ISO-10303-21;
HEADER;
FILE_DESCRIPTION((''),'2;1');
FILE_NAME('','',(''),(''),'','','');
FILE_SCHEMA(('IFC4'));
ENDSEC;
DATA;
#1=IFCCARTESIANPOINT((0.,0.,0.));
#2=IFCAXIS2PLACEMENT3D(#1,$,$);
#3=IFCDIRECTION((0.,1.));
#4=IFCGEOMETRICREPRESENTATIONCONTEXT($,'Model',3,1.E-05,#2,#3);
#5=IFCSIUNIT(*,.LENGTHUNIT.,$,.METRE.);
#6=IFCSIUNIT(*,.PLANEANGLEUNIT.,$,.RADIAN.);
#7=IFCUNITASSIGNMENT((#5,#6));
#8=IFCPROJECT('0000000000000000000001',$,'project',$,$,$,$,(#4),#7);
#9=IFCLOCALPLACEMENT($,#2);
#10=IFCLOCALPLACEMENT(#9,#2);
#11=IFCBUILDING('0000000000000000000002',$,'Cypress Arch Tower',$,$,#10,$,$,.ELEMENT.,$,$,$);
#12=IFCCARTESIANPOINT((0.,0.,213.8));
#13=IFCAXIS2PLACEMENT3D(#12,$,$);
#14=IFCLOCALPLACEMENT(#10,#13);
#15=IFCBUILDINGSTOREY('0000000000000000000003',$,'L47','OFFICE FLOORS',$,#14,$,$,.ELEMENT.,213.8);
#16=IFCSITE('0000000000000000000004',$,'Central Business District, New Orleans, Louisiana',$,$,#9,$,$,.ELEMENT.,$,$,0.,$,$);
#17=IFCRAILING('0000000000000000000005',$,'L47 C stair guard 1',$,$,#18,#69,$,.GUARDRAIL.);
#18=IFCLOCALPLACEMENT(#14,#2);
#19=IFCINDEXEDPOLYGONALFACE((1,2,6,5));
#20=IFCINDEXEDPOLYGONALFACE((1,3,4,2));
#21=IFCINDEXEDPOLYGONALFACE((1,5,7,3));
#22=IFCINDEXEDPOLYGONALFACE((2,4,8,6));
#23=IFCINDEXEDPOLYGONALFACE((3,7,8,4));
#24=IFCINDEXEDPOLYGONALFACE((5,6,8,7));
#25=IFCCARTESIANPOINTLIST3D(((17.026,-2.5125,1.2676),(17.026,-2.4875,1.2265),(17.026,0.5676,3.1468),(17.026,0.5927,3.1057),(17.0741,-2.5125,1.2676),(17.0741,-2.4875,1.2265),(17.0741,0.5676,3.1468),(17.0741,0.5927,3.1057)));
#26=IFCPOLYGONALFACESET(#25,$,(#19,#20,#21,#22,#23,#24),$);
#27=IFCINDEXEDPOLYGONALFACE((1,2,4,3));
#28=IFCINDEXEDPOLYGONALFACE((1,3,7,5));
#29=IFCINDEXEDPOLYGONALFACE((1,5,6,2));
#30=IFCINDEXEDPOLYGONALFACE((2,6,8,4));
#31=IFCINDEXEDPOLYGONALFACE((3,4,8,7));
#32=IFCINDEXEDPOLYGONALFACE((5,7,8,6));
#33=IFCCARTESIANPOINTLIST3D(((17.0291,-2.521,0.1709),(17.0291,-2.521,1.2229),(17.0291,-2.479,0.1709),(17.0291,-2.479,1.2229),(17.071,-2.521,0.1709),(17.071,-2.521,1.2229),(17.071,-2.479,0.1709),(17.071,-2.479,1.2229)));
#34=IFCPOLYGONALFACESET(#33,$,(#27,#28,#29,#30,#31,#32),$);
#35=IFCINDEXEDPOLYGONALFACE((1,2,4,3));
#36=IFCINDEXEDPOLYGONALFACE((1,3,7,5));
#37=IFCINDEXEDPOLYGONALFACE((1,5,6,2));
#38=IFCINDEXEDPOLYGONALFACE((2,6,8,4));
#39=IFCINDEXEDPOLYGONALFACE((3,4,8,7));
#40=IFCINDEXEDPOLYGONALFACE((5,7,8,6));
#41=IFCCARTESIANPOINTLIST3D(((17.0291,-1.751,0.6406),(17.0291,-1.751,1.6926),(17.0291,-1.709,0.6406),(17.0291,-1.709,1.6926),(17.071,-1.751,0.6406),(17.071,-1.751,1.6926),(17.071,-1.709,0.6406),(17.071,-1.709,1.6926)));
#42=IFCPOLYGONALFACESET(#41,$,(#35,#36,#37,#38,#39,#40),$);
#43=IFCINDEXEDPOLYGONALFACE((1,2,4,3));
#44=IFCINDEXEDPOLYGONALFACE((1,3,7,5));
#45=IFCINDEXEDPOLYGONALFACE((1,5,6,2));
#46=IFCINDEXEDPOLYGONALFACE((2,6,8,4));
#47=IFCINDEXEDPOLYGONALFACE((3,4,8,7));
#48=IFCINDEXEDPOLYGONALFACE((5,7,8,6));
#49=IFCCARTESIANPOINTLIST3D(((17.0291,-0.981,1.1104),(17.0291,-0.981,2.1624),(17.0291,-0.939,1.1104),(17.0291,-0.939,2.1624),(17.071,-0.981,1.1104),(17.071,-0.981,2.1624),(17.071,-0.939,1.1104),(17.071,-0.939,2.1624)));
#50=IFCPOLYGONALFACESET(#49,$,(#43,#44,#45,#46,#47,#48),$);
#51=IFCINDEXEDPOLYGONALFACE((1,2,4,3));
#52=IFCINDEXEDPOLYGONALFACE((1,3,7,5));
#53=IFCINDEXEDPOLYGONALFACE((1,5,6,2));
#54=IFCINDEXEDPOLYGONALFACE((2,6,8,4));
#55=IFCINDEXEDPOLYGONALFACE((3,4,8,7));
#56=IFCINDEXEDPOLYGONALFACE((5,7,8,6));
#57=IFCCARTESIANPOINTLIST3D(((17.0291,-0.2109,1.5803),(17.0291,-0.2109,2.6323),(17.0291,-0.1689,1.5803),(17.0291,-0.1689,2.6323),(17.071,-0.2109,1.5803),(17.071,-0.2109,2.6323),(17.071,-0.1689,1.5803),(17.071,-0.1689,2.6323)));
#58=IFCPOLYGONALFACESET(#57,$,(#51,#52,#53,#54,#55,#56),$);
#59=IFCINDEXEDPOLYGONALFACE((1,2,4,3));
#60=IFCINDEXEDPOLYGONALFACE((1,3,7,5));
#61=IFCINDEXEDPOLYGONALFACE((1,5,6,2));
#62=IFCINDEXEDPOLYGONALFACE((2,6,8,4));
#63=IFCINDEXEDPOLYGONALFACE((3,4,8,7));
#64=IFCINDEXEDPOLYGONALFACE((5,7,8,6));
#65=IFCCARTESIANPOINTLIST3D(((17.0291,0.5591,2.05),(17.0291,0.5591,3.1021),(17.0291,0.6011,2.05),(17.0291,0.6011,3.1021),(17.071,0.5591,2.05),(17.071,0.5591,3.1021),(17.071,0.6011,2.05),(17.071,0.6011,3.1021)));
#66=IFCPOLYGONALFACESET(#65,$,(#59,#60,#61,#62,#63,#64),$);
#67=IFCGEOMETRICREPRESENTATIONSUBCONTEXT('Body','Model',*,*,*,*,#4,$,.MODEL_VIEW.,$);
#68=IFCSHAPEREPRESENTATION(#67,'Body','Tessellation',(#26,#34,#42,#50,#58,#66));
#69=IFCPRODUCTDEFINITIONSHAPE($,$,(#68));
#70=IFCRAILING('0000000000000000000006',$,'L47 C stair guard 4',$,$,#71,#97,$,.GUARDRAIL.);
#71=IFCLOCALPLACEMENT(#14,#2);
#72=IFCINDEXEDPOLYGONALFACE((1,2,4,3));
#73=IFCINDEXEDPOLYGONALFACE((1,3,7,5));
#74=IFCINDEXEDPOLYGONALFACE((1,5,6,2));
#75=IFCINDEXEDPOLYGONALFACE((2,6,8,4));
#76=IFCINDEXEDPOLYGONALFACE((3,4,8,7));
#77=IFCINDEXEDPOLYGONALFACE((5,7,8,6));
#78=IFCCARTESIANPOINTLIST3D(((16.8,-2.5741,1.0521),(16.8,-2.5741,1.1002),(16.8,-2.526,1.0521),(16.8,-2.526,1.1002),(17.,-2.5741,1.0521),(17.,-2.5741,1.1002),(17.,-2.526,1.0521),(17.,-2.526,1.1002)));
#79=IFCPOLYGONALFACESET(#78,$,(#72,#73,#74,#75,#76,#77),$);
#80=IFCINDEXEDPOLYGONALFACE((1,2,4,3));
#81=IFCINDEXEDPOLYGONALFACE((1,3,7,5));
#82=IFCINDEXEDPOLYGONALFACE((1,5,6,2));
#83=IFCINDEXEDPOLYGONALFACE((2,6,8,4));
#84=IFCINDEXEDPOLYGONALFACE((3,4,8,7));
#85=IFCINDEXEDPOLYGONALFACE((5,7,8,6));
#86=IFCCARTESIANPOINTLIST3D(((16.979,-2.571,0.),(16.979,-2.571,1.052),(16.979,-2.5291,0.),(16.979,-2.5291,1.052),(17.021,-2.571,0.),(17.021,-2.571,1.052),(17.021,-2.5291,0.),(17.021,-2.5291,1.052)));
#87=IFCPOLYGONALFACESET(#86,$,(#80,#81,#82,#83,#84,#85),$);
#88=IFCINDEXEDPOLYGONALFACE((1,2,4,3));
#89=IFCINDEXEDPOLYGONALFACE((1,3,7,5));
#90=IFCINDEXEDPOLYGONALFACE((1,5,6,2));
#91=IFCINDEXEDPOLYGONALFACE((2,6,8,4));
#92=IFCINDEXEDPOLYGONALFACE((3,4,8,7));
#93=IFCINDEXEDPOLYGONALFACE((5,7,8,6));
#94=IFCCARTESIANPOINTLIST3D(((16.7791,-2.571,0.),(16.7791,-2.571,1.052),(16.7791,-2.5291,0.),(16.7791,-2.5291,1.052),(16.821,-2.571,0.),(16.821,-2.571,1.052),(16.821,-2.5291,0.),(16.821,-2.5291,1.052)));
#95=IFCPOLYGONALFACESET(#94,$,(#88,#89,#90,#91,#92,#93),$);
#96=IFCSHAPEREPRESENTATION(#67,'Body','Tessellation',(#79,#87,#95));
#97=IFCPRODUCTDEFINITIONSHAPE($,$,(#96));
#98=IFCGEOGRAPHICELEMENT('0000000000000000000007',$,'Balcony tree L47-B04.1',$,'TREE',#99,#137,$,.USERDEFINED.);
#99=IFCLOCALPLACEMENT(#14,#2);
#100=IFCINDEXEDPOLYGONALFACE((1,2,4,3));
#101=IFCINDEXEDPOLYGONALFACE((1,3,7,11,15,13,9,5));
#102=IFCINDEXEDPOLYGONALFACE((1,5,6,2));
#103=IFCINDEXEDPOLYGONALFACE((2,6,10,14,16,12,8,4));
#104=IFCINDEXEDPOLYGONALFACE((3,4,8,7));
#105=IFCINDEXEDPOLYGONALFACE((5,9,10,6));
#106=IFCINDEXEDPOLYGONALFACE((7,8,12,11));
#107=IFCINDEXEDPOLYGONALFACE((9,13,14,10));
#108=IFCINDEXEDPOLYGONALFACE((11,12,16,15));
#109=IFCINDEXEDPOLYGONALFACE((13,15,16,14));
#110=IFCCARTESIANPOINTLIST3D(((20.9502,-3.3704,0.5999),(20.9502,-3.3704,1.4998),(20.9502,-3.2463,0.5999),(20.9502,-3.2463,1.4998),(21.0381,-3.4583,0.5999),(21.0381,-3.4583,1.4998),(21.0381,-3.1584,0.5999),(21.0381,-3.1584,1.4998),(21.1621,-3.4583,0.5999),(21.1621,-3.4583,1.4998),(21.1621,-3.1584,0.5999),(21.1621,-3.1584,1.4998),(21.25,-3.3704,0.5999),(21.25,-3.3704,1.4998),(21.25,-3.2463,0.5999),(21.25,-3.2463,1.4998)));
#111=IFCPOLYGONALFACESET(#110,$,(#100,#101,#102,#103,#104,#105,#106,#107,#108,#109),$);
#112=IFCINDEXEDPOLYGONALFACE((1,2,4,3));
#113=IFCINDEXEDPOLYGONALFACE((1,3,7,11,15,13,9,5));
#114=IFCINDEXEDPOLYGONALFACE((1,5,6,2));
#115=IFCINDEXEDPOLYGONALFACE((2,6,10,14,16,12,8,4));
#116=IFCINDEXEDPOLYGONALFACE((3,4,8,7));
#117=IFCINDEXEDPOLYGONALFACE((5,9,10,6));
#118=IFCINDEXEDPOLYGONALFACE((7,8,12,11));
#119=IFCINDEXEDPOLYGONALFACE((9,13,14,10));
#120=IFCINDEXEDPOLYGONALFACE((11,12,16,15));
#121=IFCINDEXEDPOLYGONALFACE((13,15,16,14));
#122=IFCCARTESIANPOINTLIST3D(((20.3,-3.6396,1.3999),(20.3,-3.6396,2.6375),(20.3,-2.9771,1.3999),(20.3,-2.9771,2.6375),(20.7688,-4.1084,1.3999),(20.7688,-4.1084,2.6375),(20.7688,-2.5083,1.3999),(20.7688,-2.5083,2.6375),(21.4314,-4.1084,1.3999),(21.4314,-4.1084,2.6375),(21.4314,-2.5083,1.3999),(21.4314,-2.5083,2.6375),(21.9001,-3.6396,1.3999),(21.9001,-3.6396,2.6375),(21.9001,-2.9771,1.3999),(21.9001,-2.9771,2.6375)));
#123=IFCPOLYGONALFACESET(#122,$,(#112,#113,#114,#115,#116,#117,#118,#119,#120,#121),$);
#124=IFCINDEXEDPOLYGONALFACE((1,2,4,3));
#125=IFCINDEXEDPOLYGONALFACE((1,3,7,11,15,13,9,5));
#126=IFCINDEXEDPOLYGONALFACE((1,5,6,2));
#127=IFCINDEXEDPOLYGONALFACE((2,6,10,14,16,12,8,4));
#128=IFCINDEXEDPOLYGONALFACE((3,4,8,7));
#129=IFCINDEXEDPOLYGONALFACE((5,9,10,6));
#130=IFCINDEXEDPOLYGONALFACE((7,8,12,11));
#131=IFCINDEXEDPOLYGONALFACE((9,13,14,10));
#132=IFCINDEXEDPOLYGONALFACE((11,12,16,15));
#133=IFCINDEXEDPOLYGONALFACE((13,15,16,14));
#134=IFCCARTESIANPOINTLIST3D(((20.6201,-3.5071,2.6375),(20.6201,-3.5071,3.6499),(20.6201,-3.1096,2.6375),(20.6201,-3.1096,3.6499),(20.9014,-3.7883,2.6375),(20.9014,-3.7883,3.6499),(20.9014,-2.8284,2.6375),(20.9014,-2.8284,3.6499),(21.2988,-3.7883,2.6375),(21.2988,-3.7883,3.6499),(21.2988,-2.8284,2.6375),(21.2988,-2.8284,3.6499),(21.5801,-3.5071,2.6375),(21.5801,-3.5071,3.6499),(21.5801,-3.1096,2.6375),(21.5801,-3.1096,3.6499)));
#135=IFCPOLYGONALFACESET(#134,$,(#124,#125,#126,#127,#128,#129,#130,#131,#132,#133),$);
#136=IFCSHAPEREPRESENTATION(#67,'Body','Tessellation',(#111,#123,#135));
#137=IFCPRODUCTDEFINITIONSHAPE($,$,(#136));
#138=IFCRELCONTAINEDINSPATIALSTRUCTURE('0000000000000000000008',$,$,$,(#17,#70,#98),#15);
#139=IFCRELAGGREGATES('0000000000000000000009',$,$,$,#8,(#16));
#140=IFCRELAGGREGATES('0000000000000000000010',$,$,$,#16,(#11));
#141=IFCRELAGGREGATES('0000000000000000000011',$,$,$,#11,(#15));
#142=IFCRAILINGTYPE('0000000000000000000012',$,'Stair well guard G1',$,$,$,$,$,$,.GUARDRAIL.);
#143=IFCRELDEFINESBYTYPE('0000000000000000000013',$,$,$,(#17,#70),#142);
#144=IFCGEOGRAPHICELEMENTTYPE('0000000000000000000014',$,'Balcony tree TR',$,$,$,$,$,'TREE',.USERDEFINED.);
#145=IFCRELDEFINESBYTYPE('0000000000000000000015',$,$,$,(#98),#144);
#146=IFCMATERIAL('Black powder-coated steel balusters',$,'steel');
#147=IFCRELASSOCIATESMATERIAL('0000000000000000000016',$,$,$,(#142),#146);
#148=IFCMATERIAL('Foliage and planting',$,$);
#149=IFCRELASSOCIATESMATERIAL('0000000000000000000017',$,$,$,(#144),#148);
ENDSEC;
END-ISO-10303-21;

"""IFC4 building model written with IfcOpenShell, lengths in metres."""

from ifc_helpers import new_model, si_unit, direction, frame, origin, origin_2d, place, context, subcontext, project, spatial, polyline, rectangle, outline, extrude, material, type_object, element, save


model = new_model("IFC4")

# Units and contexts
model_context = context("Model", 3, precision=1e-05, world=origin(), true_north=direction((0.0, 1.0)))
body_context = subcontext(model_context, "Body", "Model", "MODEL_VIEW")
ifc_project = project(units=[si_unit("LENGTHUNIT", "METRE"), si_unit("PLANEANGLEUNIT", "RADIAN")], contexts=[model_context])

# Site, building, storey
site_placement = place(None, origin())
site = spatial("IfcSite", under=ifc_project, at=site_placement, Name="Central Business District, New Orleans, Louisiana", CompositionType="ELEMENT", RefElevation=0.0)
building_placement = place(site_placement, origin())
building = spatial("IfcBuilding", under=site, at=building_placement, Name="Cypress Arch Tower", CompositionType="ELEMENT")
storey_placement = place(building_placement, frame((0.0, 0.0, 213.8)))
storey = spatial("IfcBuildingStorey", under=building, at=storey_placement, Name="L47", Description="OFFICE FLOORS", CompositionType="ELEMENT", Elevation=213.8)

# Railings
ifc_material_1 = material(Name="Black powder-coated steel balusters", Category="steel")
railing_type_1 = type_object("IfcRailingType", Name="Stair well guard G1", PredefinedType="GUARDRAIL", material=ifc_material_1)
railing_1_placement = place(storey_placement, frame((17.05, -2.5, 0.1709)))
element("IfcRailing", 1, at=railing_1_placement, inside=storey, type_object=railing_type_1, Name="L47 C stair guard 1", PredefinedType="GUARDRAIL", context=body_context, shape_type="SweptSolid", body=[
    extrude(rectangle(XDim=0.0481, YDim=0.0481, at=origin_2d()), frame((0.0, 0.0, 1.0762), z_axis=(0.0, 0.853666, 0.52082), x_axis=(-1.0, 0.0, 0.0)), (0.0, 0.0, 1.0), 3.6082),
    extrude(rectangle(XDim=0.042, YDim=0.042, at=origin_2d()), origin(), (0.0, 0.0, 1.0), 1.052),
    extrude(rectangle(XDim=0.042, YDim=0.042, at=origin_2d()), frame((0.0, 0.77, 0.4697)), (0.0, 0.0, 1.0), 1.052),
    extrude(rectangle(XDim=0.042, YDim=0.042, at=origin_2d()), frame((0.0, 1.54, 0.9395)), (0.0, 0.0, 1.0), 1.052),
    extrude(rectangle(XDim=0.042, YDim=0.042, at=origin_2d()), frame((0.0, 2.3101, 1.4094)), (0.0, 0.0, 1.0), 1.052),
    extrude(rectangle(XDim=0.042, YDim=0.042, at=origin_2d()), frame((0.0, 3.0801, 1.8792)), (0.0, 0.0, 1.0), 1.052),
])
railing_2_placement = place(storey_placement, frame((17.0, -2.55, 0.0)))
element("IfcRailing", 2, at=railing_2_placement, inside=storey, type_object=railing_type_1, Name="L47 C stair guard 4", PredefinedType="GUARDRAIL", context=body_context, shape_type="SweptSolid", body=[
    extrude(rectangle(XDim=0.0481, YDim=0.0481, at=origin_2d()), frame((0.0, 0.0, 1.0762), z_axis=(-1.0, 0.0, 0.0), x_axis=(0.0, -1.0, 0.0)), (0.0, 0.0, 1.0), 0.2),
    extrude(rectangle(XDim=0.042, YDim=0.042, at=origin_2d()), origin(), (0.0, 0.0, 1.0), 1.052),
    extrude(rectangle(XDim=0.042, YDim=0.042, at=origin_2d()), frame((-0.2, 0.0, 0.0)), (0.0, 0.0, 1.0), 1.052),
])

# Geographic element
ifc_material_2 = material(Name="Foliage and planting")
geographic_element_type = type_object("IfcGeographicElementType", Name="Balcony tree TR", ElementType="TREE", PredefinedType="USERDEFINED", material=ifc_material_2)
geographic_element_placement = place(storey_placement, frame((21.1001, -3.3083, 0.5999), z_axis=(0.0, 0.0, 1.0), x_axis=(1.0, 0.0, 0.0)))
element("IfcGeographicElement", 3, at=geographic_element_placement, inside=storey, type_object=geographic_element_type, Name="Balcony tree L47-B04.1", ObjectType="TREE", PredefinedType="USERDEFINED", context=body_context, shape_type="SweptSolid", body=[
    extrude(outline(polyline([(0.1499, 0.062), (0.062, 0.1499), (-0.062, 0.1499), (-0.1499, 0.062), (-0.1499, -0.062), (-0.062, -0.1499), (0.062, -0.1499), (0.1499, -0.062), (0.1499, 0.062)])), origin(), (0.0, 0.0, 1.0), 0.8999),
    extrude(outline(polyline([(0.8, 0.3313), (0.3313, 0.8), (-0.3313, 0.8), (-0.8, 0.3313), (-0.8, -0.3313), (-0.3313, -0.8), (0.3313, -0.8), (0.8, -0.3313), (0.8, 0.3313)])), frame((0.0, 0.0, 0.8)), (0.0, 0.0, 1.0), 1.2375),
    extrude(outline(polyline([(0.48, 0.1987), (0.1987, 0.48), (-0.1987, 0.48), (-0.48, 0.1987), (-0.48, -0.1987), (-0.1987, -0.48), (0.1987, -0.48), (0.48, -0.1987), (0.48, 0.1987)])), frame((0.0, 0.0, 2.0376)), (0.0, 0.0, 1.0), 1.0125),
])

save(model, "model.ifc")
